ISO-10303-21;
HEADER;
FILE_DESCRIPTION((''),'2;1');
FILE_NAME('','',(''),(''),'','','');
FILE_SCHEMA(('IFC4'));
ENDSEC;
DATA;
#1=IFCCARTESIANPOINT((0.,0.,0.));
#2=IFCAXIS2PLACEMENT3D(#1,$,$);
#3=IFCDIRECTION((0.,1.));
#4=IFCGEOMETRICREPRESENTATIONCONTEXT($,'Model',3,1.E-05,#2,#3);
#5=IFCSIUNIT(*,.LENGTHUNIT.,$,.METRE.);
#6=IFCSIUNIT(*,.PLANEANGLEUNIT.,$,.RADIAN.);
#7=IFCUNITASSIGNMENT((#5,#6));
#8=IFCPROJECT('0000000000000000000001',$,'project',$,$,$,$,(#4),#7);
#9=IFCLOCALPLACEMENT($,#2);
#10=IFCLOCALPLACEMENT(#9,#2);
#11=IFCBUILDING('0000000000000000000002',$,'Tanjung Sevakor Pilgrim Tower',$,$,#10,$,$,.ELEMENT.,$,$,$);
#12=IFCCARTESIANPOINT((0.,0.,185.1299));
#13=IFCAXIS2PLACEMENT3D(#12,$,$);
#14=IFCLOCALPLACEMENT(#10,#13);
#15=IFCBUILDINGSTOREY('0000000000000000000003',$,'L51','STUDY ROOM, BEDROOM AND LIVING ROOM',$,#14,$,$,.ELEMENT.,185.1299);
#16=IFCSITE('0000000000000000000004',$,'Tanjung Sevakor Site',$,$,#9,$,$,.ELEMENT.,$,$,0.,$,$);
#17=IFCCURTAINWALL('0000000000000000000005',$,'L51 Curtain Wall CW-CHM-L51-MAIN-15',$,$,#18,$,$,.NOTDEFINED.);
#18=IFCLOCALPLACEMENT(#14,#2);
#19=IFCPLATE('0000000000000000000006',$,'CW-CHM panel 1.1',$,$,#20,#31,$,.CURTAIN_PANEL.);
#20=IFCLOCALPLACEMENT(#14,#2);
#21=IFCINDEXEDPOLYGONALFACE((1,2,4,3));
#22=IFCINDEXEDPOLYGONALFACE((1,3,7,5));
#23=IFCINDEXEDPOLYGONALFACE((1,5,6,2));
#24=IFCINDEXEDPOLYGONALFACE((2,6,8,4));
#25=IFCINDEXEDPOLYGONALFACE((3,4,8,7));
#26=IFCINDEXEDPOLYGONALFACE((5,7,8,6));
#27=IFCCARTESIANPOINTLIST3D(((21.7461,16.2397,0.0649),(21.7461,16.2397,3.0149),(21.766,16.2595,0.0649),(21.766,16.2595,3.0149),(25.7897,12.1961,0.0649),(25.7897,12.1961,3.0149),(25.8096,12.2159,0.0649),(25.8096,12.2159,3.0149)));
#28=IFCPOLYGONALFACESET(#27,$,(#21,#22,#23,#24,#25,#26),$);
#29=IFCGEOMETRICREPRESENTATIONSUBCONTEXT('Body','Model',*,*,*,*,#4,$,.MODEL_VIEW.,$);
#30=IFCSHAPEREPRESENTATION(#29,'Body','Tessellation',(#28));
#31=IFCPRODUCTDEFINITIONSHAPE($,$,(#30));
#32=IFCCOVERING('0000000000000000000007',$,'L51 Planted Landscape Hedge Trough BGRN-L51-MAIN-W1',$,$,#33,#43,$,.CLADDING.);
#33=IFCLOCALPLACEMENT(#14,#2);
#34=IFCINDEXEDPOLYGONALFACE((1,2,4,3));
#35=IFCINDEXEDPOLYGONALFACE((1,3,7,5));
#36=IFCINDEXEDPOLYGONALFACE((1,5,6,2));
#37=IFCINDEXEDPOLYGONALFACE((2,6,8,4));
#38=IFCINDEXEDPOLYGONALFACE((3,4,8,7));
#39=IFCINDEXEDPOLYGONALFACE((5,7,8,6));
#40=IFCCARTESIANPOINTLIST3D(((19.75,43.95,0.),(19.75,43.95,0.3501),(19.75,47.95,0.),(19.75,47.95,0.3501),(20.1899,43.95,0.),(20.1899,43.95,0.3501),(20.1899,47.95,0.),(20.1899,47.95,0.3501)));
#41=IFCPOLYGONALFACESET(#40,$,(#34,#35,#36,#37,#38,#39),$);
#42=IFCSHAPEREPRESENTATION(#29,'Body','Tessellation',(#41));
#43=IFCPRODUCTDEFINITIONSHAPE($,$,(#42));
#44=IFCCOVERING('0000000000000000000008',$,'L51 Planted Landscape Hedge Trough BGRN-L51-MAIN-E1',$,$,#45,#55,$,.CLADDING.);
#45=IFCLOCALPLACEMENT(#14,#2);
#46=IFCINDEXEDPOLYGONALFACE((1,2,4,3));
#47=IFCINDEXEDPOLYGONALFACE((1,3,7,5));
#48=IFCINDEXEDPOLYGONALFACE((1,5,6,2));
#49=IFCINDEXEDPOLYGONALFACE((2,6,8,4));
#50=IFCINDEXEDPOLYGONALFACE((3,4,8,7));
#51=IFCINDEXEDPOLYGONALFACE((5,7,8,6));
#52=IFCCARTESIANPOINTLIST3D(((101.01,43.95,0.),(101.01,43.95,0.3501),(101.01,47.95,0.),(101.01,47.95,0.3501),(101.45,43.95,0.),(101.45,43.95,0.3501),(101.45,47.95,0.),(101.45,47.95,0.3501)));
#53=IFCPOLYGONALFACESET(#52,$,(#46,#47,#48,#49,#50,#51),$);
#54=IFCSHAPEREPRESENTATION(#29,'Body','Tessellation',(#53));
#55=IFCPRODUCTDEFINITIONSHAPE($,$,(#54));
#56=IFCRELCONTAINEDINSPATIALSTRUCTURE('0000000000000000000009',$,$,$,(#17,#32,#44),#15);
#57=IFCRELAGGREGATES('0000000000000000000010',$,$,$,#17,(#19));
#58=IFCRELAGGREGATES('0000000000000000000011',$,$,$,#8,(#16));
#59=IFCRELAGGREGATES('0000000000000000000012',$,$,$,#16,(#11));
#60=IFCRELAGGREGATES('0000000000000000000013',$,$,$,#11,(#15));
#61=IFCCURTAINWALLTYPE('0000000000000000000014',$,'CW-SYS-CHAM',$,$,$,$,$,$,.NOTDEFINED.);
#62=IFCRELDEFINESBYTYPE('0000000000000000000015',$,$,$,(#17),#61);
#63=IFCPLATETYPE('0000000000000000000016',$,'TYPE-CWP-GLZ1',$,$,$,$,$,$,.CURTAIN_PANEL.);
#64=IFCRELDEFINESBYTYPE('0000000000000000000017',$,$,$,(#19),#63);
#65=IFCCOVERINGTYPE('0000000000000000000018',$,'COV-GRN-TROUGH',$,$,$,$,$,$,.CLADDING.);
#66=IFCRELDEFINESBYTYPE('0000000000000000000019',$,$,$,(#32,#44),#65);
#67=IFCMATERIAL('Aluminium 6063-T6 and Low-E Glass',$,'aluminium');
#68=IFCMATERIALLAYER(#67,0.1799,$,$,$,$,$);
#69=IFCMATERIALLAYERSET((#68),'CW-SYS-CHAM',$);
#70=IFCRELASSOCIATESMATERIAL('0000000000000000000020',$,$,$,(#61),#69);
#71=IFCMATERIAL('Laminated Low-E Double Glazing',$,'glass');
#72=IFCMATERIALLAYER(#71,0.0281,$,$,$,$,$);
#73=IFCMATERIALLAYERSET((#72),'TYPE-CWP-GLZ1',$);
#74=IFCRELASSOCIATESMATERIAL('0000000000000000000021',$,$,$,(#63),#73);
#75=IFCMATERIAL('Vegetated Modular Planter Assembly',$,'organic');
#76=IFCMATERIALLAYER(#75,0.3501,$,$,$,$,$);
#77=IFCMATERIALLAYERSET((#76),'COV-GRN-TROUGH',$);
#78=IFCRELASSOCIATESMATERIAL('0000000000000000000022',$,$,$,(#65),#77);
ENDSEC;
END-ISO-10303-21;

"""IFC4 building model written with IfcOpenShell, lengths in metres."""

from ifc_helpers import new_model, si_unit, direction, frame, origin, origin_2d, place, context, subcontext, project, spatial, polyline, rectangle, outline, extrude, material, layer, layer_set, type_object, element, aggregate, save


model = new_model("IFC4")

# Units and contexts
model_context = context("Model", 3, precision=1e-05, world=origin(), true_north=direction((0.0, 1.0)))
body_context = subcontext(model_context, "Body", "Model", "MODEL_VIEW")
ifc_project = project(units=[si_unit("LENGTHUNIT", "METRE"), si_unit("PLANEANGLEUNIT", "RADIAN")], contexts=[model_context])

# Site, building, storey
site_placement = place(None, origin())
site = spatial("IfcSite", under=ifc_project, at=site_placement, Name="Tanjung Sevakor Site", CompositionType="ELEMENT", RefElevation=0.0)
building_placement = place(site_placement, origin())
building = spatial("IfcBuilding", under=site, at=building_placement, Name="Tanjung Sevakor Pilgrim Tower", CompositionType="ELEMENT")
storey_placement = place(building_placement, frame((0.0, 0.0, 185.1299)))
storey = spatial("IfcBuildingStorey", under=building, at=storey_placement, Name="L51", Description="STUDY ROOM, BEDROOM AND LIVING ROOM", CompositionType="ELEMENT", Elevation=185.1299)

# Curtain wall
ifc_material_1 = material(Name="Aluminium 6063-T6 and Low-E Glass", Category="aluminium")
ifc_layer_1 = layer(ifc_material_1, 0.1799)
ifc_layer_set_1 = layer_set([ifc_layer_1], Name="CW-SYS-CHAM")
curtain_wall_type = type_object("IfcCurtainWallType", Name="CW-SYS-CHAM", PredefinedType="NOTDEFINED", material=ifc_layer_set_1)
curtain_wall_placement = place(storey_placement, origin())
curtain_wall = element("IfcCurtainWall", 1, at=curtain_wall_placement, inside=storey, type_object=curtain_wall_type, Name="L51 Curtain Wall CW-CHM-L51-MAIN-15", PredefinedType="NOTDEFINED")

# Plate
ifc_material_2 = material(Name="Laminated Low-E Double Glazing", Category="glass")
ifc_layer_2 = layer(ifc_material_2, 0.0281)
ifc_layer_set_2 = layer_set([ifc_layer_2], Name="TYPE-CWP-GLZ1")
plate_type = type_object("IfcPlateType", Name="TYPE-CWP-GLZ1", PredefinedType="CURTAIN_PANEL", material=ifc_layer_set_2)
plate_placement = place(storey_placement, frame((23.7778, 14.2278, 0.0649), z_axis=(0.0, 0.0, 1.0), x_axis=(0.707107, -0.707107, 0.0)))
plate = element("IfcPlate", 2, at=plate_placement, type_object=plate_type, Name="CW-CHM panel 1.1", PredefinedType="CURTAIN_PANEL", context=body_context, shape_type="SweptSolid", body=[
    extrude(rectangle(XDim=5.7185, YDim=0.0281, at=origin_2d()), origin(), (0.0, 0.0, 1.0), 2.95),
])
aggregate(curtain_wall, [plate])

# Coverings
ifc_material_3 = material(Name="Vegetated Modular Planter Assembly", Category="organic")
ifc_layer_3 = layer(ifc_material_3, 0.3501)
ifc_layer_set_3 = layer_set([ifc_layer_3], Name="COV-GRN-TROUGH")
covering_type = type_object("IfcCoveringType", Name="COV-GRN-TROUGH", PredefinedType="CLADDING", material=ifc_layer_set_3)
covering_1_placement = place(storey_placement, origin())
element("IfcCovering", 3, at=covering_1_placement, inside=storey, type_object=covering_type, Name="L51 Planted Landscape Hedge Trough BGRN-L51-MAIN-W1", PredefinedType="CLADDING", context=body_context, shape_type="SweptSolid", body=[
    extrude(outline(polyline([(20.1899, 43.95), (20.1899, 47.95), (19.75, 47.95), (19.75, 43.95), (20.1899, 43.95)])), origin(), (0.0, 0.0, 1.0), 0.3501),
])
covering_2_placement = place(storey_placement, origin())
element("IfcCovering", 4, at=covering_2_placement, inside=storey, type_object=covering_type, Name="L51 Planted Landscape Hedge Trough BGRN-L51-MAIN-E1", PredefinedType="CLADDING", context=body_context, shape_type="SweptSolid", body=[
    extrude(outline(polyline([(101.45, 43.95), (101.45, 47.95), (101.01, 47.95), (101.01, 43.95), (101.45, 43.95)])), origin(), (0.0, 0.0, 1.0), 0.3501),
])

save(model, "model.ifc")
